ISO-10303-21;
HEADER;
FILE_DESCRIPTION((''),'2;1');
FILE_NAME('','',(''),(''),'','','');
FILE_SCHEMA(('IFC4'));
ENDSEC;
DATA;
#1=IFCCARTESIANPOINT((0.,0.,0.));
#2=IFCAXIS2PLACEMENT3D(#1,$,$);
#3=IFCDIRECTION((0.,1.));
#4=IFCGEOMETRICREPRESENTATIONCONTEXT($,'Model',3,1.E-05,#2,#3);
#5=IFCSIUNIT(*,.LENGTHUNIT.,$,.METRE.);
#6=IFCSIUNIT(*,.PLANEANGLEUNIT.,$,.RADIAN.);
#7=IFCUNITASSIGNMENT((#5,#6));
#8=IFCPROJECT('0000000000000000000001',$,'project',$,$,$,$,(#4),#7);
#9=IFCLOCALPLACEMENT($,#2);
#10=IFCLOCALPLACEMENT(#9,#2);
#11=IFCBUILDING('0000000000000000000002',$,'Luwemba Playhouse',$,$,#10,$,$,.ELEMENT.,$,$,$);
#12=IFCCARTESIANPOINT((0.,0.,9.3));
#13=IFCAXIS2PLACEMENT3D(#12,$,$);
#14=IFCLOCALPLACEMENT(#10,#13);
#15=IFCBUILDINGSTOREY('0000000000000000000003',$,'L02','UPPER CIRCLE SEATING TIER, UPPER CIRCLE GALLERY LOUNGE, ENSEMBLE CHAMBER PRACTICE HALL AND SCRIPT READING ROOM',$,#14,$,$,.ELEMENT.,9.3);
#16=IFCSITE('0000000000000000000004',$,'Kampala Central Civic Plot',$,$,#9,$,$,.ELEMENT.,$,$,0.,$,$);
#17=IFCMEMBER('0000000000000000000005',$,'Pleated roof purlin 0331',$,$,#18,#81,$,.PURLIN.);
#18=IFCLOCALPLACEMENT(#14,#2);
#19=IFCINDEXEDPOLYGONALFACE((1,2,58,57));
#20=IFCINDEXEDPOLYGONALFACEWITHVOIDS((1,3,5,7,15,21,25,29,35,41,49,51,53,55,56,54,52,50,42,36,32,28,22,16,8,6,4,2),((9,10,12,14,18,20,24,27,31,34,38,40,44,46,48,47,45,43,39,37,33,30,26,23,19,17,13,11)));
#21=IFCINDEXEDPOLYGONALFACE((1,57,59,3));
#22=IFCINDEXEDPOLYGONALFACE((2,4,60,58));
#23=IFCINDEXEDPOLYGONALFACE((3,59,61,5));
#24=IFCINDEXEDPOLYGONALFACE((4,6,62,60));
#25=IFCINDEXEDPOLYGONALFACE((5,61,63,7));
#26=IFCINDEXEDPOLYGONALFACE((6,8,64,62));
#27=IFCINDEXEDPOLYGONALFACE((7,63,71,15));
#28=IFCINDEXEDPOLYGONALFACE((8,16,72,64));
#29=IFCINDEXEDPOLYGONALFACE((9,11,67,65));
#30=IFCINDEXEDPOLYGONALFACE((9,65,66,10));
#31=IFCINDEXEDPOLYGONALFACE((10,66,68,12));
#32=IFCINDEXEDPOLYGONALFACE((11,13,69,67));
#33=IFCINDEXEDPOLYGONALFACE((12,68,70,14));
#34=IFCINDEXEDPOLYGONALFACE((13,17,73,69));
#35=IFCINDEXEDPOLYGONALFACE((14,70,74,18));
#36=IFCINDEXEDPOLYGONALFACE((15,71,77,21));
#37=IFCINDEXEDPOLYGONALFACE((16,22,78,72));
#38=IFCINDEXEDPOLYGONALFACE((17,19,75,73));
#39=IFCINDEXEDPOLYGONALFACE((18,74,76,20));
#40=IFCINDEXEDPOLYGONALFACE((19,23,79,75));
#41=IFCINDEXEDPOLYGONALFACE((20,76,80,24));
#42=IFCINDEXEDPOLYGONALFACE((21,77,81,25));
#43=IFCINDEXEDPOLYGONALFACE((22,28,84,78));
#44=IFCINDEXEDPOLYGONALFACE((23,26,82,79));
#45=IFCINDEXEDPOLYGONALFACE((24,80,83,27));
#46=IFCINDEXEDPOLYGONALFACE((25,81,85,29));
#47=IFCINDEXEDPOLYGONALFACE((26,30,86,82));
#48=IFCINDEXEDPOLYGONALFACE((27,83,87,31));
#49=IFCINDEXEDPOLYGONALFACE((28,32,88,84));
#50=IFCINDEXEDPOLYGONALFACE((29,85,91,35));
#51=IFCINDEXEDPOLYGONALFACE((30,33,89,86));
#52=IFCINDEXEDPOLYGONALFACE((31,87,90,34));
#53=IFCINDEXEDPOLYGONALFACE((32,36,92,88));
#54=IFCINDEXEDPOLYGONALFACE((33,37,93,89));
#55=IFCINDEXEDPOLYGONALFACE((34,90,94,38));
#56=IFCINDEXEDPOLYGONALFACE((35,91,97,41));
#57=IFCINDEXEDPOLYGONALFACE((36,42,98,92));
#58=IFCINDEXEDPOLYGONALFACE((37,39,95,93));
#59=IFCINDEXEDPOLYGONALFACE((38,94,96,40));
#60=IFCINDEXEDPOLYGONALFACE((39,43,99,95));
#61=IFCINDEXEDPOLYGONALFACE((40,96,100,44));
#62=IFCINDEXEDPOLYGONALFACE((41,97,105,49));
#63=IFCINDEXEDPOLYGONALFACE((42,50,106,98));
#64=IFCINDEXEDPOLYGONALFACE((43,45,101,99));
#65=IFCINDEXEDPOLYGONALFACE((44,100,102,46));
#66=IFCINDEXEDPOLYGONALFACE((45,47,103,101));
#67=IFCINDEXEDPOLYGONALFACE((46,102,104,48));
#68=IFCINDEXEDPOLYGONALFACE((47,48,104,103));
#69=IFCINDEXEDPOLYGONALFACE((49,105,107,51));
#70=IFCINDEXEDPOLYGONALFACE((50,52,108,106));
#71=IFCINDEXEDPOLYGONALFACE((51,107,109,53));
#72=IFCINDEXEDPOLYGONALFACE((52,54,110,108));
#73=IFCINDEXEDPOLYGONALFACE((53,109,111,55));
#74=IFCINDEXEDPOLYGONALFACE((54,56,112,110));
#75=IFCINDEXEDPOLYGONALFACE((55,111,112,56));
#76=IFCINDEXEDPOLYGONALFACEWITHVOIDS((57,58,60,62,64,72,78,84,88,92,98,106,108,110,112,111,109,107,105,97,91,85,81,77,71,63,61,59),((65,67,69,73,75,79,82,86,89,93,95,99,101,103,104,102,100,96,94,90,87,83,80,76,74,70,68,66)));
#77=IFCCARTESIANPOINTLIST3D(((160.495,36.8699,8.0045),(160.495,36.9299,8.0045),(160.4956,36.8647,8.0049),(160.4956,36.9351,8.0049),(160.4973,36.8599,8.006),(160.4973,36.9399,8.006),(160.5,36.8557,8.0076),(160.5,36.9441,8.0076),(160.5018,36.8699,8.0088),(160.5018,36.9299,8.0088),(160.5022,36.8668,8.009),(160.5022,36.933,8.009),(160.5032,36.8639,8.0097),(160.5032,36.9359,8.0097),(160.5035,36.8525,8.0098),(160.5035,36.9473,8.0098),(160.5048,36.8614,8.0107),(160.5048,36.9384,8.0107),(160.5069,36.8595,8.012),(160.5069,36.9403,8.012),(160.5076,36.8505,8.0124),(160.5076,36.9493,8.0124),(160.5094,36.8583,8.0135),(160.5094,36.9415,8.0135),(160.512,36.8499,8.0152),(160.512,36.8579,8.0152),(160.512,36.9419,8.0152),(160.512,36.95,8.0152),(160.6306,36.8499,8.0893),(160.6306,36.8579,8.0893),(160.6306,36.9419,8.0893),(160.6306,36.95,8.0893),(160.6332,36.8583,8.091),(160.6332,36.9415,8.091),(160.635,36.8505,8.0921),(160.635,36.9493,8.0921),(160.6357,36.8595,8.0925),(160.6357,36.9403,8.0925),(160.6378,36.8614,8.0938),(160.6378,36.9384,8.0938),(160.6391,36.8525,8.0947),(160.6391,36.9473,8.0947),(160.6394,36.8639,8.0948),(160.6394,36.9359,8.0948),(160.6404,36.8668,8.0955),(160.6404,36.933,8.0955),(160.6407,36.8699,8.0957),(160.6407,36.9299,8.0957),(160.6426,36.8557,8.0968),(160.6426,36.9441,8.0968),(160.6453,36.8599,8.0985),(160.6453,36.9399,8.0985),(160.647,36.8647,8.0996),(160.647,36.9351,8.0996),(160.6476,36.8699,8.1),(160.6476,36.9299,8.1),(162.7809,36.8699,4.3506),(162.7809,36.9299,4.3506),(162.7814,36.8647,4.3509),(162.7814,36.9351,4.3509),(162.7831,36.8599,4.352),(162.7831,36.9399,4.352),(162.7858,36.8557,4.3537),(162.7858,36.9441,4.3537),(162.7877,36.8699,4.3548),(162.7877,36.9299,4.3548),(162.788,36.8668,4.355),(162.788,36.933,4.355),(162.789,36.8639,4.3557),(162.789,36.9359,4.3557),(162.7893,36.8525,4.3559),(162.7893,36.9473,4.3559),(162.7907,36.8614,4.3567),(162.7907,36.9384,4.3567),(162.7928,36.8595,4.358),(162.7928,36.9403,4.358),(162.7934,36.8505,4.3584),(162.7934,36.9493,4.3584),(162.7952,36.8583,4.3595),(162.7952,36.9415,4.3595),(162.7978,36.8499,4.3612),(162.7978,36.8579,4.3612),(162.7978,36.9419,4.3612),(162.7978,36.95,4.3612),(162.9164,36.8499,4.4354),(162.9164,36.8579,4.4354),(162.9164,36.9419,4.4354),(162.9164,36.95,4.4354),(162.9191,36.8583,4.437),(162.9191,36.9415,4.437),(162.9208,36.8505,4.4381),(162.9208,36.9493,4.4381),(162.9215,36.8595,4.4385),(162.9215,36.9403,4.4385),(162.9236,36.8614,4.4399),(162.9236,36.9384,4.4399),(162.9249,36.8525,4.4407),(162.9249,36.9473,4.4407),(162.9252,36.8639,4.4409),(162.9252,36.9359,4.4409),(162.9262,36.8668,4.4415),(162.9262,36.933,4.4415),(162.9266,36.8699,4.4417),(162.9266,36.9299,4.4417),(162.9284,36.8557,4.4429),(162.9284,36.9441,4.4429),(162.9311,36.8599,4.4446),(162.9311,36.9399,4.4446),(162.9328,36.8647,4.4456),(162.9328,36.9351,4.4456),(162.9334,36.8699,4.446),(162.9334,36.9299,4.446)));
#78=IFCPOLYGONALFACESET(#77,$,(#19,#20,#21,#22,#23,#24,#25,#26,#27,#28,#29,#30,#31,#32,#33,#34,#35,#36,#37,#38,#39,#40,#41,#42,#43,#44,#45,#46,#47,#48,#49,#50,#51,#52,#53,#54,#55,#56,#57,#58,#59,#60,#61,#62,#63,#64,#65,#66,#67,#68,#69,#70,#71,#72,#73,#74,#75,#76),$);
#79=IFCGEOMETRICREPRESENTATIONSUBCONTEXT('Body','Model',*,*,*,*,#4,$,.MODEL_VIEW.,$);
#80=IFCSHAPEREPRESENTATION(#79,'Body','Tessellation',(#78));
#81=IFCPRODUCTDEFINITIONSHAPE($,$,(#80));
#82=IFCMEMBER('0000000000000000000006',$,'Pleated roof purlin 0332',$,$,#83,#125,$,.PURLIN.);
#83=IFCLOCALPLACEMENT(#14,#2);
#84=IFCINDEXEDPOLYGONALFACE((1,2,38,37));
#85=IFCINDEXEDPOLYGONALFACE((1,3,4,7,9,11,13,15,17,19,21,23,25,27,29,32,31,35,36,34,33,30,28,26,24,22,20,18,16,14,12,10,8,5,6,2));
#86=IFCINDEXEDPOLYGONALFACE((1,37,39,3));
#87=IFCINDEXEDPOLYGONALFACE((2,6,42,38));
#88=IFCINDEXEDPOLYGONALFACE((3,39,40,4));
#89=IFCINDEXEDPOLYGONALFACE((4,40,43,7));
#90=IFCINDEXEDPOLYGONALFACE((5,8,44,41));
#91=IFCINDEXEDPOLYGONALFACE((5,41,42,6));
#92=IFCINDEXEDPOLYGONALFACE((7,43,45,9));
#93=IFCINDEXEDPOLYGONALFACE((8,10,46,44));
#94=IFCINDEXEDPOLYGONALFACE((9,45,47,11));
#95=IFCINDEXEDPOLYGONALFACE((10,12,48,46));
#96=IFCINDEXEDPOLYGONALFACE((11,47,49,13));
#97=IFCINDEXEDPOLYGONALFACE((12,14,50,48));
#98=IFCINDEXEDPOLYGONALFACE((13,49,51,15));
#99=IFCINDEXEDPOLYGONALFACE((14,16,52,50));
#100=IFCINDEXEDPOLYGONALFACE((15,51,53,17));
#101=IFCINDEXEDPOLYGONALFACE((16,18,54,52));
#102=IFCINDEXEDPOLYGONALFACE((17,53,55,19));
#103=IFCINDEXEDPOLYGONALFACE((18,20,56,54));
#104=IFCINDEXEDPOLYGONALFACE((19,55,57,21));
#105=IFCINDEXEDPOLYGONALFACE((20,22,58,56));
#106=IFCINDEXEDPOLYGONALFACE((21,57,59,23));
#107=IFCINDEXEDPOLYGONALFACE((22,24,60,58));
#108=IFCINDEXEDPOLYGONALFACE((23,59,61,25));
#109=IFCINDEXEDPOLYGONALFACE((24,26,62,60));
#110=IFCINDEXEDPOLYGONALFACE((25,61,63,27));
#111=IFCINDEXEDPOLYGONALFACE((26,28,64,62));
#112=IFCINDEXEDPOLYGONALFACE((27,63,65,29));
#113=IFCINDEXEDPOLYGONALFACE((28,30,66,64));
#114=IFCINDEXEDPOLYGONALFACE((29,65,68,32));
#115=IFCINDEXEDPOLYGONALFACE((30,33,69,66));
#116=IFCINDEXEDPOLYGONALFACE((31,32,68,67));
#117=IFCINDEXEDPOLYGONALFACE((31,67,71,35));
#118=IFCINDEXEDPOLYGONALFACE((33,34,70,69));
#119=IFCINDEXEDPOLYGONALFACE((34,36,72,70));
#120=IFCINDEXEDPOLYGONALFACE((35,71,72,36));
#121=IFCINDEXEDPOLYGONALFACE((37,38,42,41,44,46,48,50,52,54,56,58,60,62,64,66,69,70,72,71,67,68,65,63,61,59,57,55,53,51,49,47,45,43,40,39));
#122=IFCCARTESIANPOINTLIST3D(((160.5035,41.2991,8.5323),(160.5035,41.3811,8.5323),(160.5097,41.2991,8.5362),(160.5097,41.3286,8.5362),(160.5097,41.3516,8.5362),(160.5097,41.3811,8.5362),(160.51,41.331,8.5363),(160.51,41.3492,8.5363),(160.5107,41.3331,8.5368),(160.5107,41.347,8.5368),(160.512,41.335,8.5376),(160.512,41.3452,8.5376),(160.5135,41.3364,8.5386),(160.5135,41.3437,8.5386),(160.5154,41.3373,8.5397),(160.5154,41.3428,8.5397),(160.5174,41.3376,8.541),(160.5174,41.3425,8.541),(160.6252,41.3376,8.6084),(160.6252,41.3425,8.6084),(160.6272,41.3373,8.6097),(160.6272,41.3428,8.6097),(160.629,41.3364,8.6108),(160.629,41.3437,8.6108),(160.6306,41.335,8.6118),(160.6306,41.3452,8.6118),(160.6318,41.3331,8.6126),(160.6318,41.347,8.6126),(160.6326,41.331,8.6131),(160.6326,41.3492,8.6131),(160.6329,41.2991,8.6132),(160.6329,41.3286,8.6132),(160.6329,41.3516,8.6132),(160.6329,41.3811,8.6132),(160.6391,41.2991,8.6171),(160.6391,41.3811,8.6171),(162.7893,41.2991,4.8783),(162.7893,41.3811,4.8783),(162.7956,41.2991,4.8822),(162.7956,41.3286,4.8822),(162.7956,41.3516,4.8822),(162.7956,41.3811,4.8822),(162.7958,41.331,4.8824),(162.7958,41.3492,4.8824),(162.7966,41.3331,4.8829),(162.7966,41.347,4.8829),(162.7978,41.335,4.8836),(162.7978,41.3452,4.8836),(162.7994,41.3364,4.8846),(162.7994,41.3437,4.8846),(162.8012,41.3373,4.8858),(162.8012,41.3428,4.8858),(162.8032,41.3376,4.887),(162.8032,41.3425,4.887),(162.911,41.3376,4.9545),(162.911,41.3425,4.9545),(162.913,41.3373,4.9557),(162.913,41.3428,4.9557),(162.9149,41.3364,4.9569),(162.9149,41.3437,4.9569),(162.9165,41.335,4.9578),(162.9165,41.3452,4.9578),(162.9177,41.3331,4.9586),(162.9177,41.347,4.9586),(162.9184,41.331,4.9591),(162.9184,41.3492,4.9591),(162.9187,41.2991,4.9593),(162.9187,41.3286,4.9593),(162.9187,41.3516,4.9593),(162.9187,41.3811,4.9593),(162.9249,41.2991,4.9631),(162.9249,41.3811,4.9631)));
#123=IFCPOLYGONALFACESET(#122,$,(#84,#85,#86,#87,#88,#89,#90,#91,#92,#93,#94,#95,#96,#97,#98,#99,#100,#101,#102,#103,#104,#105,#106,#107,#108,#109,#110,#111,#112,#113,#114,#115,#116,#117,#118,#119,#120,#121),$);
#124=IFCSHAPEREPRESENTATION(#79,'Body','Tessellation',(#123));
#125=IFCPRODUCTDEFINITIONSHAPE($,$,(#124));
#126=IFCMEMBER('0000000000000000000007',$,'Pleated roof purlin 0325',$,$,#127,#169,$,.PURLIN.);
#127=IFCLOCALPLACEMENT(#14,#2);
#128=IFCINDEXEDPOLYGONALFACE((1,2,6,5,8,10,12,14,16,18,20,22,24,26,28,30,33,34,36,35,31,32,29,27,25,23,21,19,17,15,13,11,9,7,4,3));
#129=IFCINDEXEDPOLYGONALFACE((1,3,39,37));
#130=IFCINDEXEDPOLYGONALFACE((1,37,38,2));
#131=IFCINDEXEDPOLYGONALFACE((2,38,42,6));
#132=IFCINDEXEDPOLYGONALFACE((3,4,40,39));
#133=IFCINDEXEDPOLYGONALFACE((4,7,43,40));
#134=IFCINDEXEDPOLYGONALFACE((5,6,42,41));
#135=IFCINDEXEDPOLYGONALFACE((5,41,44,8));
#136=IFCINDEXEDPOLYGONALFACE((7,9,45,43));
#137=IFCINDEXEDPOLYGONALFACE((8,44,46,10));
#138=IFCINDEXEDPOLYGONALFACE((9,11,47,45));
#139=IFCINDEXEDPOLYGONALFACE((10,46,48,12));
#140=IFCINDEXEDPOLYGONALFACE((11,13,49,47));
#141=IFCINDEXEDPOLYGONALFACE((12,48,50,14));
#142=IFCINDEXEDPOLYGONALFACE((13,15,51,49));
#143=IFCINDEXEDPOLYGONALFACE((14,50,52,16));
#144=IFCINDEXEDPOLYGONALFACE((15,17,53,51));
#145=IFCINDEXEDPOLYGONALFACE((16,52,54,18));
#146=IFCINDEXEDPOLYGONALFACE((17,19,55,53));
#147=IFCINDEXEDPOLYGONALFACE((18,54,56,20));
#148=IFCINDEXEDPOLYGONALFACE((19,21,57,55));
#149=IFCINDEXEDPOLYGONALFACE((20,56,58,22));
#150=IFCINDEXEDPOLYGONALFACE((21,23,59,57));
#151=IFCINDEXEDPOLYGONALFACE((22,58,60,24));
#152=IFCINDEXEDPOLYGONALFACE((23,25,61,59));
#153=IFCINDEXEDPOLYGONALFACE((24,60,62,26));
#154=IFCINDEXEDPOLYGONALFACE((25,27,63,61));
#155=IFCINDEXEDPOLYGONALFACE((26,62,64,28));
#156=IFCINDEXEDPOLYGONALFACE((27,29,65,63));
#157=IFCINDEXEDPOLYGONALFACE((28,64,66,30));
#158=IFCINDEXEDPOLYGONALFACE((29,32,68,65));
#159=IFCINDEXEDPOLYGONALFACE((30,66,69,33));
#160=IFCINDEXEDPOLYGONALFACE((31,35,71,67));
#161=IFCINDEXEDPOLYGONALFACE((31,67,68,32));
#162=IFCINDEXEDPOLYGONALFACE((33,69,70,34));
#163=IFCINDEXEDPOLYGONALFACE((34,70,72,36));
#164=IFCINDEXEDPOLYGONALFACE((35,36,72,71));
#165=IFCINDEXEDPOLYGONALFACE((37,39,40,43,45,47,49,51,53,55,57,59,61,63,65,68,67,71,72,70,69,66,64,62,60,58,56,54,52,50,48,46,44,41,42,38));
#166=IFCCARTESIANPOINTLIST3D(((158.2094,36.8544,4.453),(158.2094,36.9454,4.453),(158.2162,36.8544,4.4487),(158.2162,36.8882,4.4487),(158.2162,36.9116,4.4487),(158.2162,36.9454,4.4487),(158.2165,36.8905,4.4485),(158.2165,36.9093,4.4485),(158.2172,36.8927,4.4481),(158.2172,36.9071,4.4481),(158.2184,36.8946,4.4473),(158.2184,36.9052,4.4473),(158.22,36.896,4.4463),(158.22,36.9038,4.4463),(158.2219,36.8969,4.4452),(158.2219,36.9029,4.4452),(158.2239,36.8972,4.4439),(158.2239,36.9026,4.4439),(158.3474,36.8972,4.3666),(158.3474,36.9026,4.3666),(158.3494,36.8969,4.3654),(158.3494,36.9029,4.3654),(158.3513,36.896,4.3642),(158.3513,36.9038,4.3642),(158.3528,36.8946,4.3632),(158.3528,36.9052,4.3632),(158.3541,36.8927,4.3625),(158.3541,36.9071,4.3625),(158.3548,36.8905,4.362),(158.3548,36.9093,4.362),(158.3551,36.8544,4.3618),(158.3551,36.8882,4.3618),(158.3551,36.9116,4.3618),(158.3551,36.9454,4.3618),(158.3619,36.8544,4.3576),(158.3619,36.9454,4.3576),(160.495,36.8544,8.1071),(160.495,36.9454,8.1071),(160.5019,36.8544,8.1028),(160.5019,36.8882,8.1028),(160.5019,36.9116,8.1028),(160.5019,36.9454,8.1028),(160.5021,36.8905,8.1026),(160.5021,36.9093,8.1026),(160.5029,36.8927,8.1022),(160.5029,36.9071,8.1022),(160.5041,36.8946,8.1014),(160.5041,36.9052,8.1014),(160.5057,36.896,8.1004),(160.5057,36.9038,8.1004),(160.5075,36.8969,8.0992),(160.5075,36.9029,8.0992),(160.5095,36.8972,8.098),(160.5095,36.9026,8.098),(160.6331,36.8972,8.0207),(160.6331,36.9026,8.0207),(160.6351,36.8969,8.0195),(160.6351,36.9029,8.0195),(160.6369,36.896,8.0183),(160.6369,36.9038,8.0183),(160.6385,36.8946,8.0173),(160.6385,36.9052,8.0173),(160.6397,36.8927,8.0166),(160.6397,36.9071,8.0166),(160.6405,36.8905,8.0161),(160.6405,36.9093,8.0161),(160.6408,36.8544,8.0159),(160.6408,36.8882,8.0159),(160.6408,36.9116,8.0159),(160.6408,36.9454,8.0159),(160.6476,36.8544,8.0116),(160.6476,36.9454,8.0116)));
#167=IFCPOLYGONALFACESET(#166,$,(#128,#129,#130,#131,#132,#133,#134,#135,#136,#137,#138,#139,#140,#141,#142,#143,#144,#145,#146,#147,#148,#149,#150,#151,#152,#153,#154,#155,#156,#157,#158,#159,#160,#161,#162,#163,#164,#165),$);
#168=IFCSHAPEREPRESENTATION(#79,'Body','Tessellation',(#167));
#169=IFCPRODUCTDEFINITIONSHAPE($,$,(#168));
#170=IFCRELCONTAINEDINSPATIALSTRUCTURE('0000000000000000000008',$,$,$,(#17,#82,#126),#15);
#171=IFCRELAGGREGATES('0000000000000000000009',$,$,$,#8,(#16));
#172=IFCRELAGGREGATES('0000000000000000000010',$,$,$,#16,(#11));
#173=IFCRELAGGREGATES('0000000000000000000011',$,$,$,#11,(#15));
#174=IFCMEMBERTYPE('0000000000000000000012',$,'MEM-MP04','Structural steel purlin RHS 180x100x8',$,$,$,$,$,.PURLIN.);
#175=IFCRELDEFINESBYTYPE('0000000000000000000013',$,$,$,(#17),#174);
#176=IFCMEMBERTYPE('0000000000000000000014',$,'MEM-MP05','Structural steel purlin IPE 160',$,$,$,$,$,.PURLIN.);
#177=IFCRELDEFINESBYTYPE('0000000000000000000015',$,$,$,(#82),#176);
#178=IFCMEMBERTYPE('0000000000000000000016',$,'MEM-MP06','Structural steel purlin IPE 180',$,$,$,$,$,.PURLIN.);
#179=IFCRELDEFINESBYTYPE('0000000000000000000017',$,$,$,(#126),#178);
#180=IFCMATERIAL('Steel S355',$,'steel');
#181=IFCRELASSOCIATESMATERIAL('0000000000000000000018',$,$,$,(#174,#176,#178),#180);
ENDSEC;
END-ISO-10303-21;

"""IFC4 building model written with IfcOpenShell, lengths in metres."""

from ifc_helpers import new_model, si_unit, direction, frame, origin, origin_2d, place, context, subcontext, project, spatial, hollow_rectangle, i_section, extrude, material, material_profile, profile_set, type_object, element, save


model = new_model("IFC4")

# Units and contexts
model_context = context("Model", 3, precision=1e-05, world=origin(), true_north=direction((0.0, 1.0)))
body_context = subcontext(model_context, "Body", "Model", "MODEL_VIEW")
ifc_project = project(units=[si_unit("LENGTHUNIT", "METRE"), si_unit("PLANEANGLEUNIT", "RADIAN")], contexts=[model_context])

# Site, building, storey
site_placement = place(None, origin())
site = spatial("IfcSite", under=ifc_project, at=site_placement, Name="Kampala Central Civic Plot", CompositionType="ELEMENT", RefElevation=0.0)
building_placement = place(site_placement, origin())
building = spatial("IfcBuilding", under=site, at=building_placement, Name="Luwemba Playhouse", CompositionType="ELEMENT")
storey_placement = place(building_placement, frame((0.0, 0.0, 9.3)))
storey = spatial("IfcBuildingStorey", under=building, at=storey_placement, Name="L02", Description="UPPER CIRCLE SEATING TIER, UPPER CIRCLE GALLERY LOUNGE, ENSEMBLE CHAMBER PRACTICE HALL AND SCRIPT READING ROOM", CompositionType="ELEMENT", Elevation=9.3)

# Shared definitions
ifc_material_1 = material(Name="Steel S355", Category="steel")

# Members
ifc_material_profile_1 = material_profile(ifc_material_1, hollow_rectangle(XDim=0.1001, YDim=0.1799, WallThickness=0.0081, InnerFilletRadius=0.012, OuterFilletRadius=0.02, at=origin_2d()))
ifc_profile_set_1 = profile_set([ifc_material_profile_1], Name="Steel S355")
member_type_1 = type_object("IfcMemberType", Name="MEM-MP04", Description="Structural steel purlin RHS 180x100x8", PredefinedType="PURLIN", material=ifc_profile_set_1)
member_1_placement = place(storey_placement, frame((160.5713, 36.8999, 8.0522), z_axis=(0.53035, 0.0, -0.847779), x_axis=(0.0, 1.0, 0.0)))
element("IfcMember", 1, at=member_1_placement, inside=storey, type_object=member_type_1, Name="Pleated roof purlin 0331", PredefinedType="PURLIN", context=body_context, shape_type="SweptSolid", body=[
    extrude(hollow_rectangle(XDim=0.1001, YDim=0.1799, WallThickness=0.0081, InnerFilletRadius=0.012, OuterFilletRadius=0.02, at=origin_2d()), origin(), (0.0, 0.0, 1.0), 4.3101),
])
ifc_material_profile_2 = material_profile(ifc_material_1, i_section(OverallWidth=0.082, OverallDepth=0.1599, WebThickness=0.0049, FlangeThickness=0.0073, FilletRadius=0.009, at=origin_2d()))
ifc_profile_set_2 = profile_set([ifc_material_profile_2], Name="Steel S355")
member_type_2 = type_object("IfcMemberType", Name="MEM-MP05", Description="Structural steel purlin IPE 160", PredefinedType="PURLIN", material=ifc_profile_set_2)
member_2_placement = place(storey_placement, frame((160.5713, 41.3401, 8.5747), z_axis=(0.53035, 0.0, -0.847779), x_axis=(0.0, 1.0, 0.0)))
element("IfcMember", 2, at=member_2_placement, inside=storey, type_object=member_type_2, Name="Pleated roof purlin 0332", PredefinedType="PURLIN", context=body_context, shape_type="SweptSolid", body=[
    extrude(i_section(OverallWidth=0.082, OverallDepth=0.1599, WebThickness=0.0049, FlangeThickness=0.0073, FilletRadius=0.009, at=origin_2d()), origin(), (0.0, 0.0, 1.0), 4.3101),
])
ifc_material_profile_3 = material_profile(ifc_material_1, i_section(OverallWidth=0.0911, OverallDepth=0.1799, WebThickness=0.0054, FlangeThickness=0.0081, FilletRadius=0.009, at=origin_2d()))
ifc_profile_set_3 = profile_set([ifc_material_profile_3], Name="Steel S355")
member_type_3 = type_object("IfcMemberType", Name="MEM-MP06", Description="Structural steel purlin IPE 180", PredefinedType="PURLIN", material=ifc_profile_set_3)
member_3_placement = place(storey_placement, frame((158.2856, 36.8999, 4.4053), z_axis=(0.530309, 0.0, 0.847804), x_axis=(0.0, 1.0, 0.0)))
element("IfcMember", 3, at=member_3_placement, inside=storey, type_object=member_type_3, Name="Pleated roof purlin 0325", PredefinedType="PURLIN", context=body_context, shape_type="SweptSolid", body=[
    extrude(i_section(OverallWidth=0.0911, OverallDepth=0.1799, WebThickness=0.0054, FlangeThickness=0.0081, FilletRadius=0.009, at=origin_2d()), origin(), (0.0, 0.0, 1.0), 4.3101),
])

save(model, "model.ifc")
